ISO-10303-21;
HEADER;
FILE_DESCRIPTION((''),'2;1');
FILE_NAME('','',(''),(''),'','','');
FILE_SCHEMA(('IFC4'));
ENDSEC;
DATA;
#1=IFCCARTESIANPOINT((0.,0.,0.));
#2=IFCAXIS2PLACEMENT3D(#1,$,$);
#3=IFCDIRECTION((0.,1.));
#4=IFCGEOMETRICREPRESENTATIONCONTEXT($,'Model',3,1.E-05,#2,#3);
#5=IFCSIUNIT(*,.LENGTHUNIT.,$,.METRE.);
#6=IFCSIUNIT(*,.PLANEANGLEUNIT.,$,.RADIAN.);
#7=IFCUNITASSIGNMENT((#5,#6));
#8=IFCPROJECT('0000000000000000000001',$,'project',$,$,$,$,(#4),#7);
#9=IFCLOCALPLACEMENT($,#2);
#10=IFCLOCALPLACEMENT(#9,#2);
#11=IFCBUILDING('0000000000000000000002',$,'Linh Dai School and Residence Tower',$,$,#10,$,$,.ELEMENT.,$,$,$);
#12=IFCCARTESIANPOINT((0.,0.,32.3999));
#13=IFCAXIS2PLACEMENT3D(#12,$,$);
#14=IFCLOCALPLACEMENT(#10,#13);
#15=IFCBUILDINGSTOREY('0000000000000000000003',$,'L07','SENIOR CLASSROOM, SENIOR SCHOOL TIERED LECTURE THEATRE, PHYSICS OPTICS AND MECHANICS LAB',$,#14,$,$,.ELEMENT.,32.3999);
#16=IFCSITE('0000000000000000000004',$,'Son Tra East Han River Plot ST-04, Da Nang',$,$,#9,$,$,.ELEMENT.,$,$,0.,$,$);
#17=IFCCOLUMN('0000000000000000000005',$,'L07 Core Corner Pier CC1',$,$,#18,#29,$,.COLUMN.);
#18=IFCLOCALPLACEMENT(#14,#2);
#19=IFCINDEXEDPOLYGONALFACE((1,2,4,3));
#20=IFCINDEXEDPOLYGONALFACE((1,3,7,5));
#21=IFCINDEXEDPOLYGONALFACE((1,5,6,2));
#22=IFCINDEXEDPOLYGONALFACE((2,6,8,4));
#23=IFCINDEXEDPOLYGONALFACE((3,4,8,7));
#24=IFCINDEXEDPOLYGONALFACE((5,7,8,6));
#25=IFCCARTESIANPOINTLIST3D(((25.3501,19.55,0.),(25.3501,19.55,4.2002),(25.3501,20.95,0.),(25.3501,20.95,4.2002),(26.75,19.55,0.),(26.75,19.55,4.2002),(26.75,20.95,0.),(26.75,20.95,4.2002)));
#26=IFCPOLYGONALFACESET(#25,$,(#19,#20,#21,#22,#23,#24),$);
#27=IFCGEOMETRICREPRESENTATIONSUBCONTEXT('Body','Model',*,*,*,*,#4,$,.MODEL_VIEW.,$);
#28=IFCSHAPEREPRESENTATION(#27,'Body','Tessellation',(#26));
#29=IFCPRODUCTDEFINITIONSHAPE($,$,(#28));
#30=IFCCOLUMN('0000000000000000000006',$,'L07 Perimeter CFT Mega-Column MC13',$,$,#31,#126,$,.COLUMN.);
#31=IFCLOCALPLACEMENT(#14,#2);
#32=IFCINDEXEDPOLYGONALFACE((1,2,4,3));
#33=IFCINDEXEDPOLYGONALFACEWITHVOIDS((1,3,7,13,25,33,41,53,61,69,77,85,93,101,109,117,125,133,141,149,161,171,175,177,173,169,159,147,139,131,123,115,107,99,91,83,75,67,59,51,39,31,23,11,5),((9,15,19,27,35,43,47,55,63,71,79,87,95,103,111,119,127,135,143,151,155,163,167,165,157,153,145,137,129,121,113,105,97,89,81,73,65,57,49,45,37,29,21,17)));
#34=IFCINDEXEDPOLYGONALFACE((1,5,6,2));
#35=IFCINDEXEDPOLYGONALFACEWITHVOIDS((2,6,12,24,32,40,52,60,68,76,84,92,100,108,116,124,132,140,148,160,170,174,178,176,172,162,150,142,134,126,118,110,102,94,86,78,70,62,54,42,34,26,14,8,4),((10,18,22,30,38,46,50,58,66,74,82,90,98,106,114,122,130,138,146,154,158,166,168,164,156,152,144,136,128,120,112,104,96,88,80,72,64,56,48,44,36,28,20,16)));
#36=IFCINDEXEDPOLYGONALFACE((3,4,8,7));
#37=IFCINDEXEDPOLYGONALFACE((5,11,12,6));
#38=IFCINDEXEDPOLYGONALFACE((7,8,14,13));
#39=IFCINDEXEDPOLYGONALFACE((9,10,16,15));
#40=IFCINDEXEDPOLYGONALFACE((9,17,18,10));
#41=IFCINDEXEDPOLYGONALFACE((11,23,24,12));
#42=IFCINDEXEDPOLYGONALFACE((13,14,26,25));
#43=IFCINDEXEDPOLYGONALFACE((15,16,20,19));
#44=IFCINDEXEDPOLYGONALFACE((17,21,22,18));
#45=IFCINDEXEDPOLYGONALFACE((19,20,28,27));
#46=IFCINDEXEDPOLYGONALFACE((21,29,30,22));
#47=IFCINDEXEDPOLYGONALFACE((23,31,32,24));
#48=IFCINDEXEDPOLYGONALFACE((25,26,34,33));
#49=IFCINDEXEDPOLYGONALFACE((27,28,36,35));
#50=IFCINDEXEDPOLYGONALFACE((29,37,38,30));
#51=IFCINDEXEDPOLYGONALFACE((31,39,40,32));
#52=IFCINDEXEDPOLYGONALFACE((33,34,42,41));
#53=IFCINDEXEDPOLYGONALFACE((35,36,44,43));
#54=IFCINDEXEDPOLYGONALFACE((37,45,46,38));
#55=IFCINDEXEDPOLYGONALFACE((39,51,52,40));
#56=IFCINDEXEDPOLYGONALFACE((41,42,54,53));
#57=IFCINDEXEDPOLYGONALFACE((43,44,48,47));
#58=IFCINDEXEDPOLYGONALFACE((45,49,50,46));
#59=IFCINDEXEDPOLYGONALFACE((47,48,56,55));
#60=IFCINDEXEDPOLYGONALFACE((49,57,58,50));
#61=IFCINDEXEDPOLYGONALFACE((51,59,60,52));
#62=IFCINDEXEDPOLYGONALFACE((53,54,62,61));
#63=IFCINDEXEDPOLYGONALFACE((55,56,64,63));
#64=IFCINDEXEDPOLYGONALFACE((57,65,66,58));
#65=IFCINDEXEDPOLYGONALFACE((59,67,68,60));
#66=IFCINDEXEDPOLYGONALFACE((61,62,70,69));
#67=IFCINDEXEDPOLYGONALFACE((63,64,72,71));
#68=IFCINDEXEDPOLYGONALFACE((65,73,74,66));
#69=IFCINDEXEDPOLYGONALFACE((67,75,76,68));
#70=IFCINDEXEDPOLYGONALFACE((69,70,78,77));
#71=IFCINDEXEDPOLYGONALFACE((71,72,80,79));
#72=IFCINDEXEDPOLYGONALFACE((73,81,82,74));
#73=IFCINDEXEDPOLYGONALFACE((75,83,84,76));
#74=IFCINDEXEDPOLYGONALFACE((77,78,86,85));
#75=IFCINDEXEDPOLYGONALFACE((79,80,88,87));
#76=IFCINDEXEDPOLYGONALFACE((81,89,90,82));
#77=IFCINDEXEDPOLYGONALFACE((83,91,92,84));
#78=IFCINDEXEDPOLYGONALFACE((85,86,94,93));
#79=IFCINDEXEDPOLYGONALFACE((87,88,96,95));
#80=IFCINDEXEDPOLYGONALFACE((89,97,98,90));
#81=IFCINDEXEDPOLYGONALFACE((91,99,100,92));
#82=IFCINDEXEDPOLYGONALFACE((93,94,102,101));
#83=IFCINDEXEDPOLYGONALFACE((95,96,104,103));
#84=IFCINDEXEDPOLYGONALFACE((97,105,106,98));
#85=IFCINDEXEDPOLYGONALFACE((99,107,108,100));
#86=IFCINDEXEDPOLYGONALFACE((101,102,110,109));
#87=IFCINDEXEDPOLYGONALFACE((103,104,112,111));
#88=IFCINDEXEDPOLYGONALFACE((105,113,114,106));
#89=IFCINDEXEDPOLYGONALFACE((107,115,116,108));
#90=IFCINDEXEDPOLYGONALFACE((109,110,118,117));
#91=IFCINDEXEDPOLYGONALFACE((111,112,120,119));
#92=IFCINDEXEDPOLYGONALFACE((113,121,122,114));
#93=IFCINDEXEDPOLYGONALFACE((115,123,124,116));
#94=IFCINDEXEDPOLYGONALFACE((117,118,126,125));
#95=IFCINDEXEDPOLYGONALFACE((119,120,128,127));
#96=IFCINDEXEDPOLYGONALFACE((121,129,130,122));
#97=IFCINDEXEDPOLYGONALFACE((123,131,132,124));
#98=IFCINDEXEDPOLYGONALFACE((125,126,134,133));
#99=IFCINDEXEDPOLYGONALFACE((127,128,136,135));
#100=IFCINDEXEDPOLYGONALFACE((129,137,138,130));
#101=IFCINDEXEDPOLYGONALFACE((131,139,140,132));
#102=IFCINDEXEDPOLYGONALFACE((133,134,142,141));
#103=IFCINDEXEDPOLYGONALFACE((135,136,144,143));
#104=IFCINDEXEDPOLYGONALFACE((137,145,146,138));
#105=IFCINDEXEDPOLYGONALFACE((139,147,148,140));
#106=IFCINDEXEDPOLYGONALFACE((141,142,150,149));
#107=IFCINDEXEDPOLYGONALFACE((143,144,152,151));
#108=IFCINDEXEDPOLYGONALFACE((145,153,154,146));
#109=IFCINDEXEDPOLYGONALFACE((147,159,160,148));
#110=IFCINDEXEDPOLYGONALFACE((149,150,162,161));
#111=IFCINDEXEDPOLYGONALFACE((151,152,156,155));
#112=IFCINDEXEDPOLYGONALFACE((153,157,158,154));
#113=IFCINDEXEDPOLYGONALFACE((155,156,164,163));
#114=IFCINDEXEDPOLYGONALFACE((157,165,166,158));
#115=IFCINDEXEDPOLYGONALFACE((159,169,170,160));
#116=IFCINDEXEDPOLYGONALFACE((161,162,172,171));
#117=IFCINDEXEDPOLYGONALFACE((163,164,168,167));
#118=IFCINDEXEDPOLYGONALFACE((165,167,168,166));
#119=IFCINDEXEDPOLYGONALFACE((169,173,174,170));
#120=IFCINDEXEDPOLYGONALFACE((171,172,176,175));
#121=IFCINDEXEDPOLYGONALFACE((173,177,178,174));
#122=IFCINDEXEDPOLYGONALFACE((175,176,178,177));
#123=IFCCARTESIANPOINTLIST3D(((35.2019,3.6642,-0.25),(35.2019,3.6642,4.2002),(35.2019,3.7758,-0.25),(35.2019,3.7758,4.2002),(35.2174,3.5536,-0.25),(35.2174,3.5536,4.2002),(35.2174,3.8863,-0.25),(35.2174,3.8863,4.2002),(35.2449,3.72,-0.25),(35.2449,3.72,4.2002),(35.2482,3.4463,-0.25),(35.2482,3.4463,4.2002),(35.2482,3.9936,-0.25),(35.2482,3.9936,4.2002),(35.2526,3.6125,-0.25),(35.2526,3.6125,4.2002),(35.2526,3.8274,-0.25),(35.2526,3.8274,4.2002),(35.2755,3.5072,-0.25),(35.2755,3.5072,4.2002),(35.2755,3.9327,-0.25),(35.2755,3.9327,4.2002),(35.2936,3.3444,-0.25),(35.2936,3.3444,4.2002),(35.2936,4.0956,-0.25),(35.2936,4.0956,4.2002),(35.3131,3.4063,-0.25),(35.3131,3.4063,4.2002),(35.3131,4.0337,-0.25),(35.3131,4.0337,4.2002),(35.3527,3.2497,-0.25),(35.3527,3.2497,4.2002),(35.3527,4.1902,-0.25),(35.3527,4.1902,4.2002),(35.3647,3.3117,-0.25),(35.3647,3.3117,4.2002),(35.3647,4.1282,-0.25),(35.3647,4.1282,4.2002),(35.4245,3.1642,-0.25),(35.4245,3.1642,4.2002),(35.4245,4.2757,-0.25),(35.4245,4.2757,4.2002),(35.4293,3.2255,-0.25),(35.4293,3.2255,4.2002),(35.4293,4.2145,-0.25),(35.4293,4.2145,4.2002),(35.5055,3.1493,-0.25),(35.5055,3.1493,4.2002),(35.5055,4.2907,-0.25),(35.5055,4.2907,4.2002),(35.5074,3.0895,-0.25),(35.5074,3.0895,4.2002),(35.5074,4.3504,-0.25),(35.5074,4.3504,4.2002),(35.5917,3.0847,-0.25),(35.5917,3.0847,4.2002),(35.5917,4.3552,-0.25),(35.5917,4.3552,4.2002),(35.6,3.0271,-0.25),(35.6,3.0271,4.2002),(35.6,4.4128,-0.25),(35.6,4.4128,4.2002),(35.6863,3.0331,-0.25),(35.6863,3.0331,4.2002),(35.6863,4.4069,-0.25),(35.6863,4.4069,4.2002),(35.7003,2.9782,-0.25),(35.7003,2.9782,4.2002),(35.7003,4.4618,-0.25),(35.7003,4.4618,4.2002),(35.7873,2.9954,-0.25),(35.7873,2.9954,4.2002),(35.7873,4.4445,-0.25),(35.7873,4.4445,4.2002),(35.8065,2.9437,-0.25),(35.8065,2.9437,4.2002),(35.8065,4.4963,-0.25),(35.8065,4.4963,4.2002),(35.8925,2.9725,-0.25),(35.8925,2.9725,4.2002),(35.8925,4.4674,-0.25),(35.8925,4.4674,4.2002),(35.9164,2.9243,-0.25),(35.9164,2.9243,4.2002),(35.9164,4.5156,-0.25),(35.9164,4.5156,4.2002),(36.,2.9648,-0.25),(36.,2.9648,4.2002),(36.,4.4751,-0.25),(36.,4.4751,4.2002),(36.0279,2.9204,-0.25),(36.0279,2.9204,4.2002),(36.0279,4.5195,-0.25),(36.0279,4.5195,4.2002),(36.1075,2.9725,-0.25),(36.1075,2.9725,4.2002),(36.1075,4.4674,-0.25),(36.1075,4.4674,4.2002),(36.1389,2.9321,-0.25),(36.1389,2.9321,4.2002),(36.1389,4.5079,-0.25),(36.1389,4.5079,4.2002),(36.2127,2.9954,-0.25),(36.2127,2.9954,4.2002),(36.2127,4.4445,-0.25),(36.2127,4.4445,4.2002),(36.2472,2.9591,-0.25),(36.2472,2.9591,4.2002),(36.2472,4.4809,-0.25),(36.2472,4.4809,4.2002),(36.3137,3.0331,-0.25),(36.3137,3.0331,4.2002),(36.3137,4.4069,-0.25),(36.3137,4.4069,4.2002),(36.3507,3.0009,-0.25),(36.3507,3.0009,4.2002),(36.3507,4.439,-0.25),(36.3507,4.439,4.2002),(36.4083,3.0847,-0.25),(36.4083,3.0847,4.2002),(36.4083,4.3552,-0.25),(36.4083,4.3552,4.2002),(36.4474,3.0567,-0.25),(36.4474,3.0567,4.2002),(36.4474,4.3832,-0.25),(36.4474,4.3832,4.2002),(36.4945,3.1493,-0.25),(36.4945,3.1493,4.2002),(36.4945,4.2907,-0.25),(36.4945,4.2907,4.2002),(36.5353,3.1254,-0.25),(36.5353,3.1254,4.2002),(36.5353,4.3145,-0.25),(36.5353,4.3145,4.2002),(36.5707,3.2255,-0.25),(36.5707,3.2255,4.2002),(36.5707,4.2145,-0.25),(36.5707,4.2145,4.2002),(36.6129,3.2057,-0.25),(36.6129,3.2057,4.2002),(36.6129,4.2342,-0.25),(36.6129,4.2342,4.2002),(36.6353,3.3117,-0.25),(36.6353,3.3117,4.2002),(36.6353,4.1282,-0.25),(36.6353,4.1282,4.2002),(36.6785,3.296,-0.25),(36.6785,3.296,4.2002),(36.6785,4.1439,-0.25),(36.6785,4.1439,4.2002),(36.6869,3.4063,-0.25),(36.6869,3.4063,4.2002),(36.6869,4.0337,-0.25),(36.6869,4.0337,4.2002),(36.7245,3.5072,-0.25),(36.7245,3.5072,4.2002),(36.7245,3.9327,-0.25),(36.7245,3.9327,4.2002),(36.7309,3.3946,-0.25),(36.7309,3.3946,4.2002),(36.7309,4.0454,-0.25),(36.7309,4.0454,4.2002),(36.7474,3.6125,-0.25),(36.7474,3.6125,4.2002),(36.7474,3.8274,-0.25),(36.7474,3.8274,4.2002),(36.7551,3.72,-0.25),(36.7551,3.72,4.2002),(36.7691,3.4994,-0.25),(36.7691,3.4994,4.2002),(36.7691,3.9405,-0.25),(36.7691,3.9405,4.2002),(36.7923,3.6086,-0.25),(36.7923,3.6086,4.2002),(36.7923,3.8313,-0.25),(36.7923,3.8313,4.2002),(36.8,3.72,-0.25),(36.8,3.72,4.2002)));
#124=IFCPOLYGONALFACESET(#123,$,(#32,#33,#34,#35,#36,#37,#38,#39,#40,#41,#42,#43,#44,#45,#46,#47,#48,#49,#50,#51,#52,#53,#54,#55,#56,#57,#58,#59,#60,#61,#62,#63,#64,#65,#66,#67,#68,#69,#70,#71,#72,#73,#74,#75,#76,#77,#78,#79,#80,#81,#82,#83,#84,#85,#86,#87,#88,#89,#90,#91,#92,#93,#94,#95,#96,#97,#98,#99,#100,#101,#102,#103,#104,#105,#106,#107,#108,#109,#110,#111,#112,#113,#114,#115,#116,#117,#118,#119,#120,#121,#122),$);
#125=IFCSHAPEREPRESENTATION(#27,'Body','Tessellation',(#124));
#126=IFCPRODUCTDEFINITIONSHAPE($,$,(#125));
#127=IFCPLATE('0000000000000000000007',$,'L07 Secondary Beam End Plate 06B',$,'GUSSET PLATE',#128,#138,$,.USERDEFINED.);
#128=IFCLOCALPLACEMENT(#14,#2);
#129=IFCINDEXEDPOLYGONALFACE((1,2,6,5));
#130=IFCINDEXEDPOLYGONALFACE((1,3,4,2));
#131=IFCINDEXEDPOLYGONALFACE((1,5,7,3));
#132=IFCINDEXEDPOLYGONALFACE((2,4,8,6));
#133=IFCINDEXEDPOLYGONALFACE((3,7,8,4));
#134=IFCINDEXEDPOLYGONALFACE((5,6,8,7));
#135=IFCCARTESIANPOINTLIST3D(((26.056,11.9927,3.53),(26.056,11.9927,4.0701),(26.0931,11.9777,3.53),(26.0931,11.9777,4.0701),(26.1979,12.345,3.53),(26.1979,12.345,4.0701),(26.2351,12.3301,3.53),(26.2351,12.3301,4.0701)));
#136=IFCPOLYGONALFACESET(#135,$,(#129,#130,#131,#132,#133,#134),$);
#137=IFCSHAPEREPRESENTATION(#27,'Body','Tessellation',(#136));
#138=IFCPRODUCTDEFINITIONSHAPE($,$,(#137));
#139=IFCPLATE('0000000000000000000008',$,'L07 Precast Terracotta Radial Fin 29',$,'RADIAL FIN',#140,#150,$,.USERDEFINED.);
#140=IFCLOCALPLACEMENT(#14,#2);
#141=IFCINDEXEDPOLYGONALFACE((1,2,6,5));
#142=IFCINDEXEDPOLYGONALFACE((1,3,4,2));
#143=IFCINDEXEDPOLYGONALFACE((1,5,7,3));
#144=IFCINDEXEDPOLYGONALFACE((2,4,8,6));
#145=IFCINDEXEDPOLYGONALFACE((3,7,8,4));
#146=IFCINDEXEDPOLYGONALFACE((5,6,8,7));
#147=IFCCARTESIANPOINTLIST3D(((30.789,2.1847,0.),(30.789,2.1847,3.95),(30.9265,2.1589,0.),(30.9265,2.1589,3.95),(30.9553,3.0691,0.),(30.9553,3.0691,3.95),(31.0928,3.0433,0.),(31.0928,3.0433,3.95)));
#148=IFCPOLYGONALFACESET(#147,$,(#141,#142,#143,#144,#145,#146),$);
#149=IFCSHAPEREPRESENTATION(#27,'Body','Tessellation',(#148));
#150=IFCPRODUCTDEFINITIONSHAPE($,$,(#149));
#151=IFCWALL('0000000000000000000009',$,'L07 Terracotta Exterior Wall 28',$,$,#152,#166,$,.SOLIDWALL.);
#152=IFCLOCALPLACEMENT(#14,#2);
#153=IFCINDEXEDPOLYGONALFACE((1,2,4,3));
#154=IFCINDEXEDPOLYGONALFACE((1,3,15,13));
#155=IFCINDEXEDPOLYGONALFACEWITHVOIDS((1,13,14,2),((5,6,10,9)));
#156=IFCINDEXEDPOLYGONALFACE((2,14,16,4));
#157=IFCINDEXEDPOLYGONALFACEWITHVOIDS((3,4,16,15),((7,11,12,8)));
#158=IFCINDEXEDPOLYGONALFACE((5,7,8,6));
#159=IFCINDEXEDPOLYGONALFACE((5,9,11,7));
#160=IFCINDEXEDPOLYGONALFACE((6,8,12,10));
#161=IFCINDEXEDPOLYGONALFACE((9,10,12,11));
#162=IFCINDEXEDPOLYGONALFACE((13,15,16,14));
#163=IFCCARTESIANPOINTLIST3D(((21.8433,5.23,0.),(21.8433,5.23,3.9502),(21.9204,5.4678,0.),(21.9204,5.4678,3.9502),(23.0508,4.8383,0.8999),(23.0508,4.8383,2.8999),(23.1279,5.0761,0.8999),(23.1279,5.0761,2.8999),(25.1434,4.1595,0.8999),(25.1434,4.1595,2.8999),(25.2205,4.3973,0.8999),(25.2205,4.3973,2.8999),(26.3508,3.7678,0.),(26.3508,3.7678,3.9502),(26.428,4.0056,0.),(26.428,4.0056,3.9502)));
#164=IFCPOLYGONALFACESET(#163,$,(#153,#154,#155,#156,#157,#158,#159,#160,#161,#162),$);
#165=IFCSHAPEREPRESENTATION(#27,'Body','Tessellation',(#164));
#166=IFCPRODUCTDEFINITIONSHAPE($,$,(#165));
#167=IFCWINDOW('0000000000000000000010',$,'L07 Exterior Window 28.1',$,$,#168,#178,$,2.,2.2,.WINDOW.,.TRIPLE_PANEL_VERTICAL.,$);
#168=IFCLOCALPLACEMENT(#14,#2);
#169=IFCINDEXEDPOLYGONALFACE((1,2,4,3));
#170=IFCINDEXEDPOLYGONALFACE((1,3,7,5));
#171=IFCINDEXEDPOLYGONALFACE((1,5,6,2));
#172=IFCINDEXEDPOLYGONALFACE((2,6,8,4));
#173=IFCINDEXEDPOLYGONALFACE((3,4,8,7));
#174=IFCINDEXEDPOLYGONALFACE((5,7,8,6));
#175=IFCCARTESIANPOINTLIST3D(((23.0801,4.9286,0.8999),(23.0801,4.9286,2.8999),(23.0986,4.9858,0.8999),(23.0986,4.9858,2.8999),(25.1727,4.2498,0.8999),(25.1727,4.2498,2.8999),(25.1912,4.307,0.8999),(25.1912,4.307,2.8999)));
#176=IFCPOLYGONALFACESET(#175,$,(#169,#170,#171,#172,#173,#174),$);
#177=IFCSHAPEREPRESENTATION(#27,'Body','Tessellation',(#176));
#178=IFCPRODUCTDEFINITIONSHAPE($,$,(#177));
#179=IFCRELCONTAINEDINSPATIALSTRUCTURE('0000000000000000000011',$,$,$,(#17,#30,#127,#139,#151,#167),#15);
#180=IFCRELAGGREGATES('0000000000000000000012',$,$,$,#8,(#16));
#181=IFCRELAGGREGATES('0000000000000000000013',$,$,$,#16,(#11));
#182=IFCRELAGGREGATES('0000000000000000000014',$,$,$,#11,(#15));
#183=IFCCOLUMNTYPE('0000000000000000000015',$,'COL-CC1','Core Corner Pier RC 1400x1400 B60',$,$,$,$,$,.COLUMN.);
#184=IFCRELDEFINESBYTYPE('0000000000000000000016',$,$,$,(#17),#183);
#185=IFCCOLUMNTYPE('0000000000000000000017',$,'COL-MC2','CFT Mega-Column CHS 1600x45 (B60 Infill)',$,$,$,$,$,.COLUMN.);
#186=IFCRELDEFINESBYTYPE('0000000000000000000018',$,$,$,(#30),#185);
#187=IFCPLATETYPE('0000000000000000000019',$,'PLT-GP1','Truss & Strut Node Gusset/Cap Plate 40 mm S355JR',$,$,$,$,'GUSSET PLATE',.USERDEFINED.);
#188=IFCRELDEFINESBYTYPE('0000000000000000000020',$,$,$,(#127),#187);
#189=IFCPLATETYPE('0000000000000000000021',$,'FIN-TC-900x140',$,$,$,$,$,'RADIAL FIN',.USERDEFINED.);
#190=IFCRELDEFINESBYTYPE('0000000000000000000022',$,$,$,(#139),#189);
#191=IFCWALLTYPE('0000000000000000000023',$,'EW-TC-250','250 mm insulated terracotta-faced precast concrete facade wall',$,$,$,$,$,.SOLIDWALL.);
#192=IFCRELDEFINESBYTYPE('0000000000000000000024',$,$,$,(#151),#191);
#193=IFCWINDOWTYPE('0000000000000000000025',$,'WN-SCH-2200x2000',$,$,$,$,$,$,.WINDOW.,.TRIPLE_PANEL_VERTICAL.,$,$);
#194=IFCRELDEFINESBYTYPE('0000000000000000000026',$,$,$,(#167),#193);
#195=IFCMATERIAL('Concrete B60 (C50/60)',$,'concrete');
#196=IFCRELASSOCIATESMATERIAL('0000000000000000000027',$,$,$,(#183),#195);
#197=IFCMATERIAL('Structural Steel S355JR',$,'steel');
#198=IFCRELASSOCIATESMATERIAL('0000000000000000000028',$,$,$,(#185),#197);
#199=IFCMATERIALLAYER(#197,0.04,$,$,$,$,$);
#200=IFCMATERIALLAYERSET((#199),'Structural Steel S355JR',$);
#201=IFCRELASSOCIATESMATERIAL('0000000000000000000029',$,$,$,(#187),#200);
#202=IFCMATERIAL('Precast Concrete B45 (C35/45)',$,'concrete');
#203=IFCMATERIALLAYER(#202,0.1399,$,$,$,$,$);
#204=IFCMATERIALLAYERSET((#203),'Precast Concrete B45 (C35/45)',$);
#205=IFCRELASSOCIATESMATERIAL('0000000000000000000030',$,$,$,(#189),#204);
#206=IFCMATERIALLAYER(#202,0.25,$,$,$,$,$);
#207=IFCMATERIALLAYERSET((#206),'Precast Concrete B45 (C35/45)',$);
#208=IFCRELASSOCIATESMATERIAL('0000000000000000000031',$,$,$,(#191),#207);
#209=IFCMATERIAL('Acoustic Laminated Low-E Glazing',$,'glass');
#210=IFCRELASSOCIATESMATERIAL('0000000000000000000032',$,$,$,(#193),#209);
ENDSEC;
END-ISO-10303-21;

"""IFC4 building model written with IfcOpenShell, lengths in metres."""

from ifc_helpers import new_model, si_unit, direction, frame, frame_2d, origin, origin_2d, place, context, subcontext, project, spatial, rectangle, hollow_circle, extrude, source, transform, mapped, material, layer, layer_set, material_profile, profile_set, type_object, element, fill, save


model = new_model("IFC4")

# Units and contexts
model_context = context("Model", 3, precision=1e-05, world=origin(), true_north=direction((0.0, 1.0)))
body_context = subcontext(model_context, "Body", "Model", "MODEL_VIEW")
ifc_project = project(units=[si_unit("LENGTHUNIT", "METRE"), si_unit("PLANEANGLEUNIT", "RADIAN")], contexts=[model_context])

# Site, building, storey
site_placement = place(None, origin())
site = spatial("IfcSite", under=ifc_project, at=site_placement, Name="Son Tra East Han River Plot ST-04, Da Nang", CompositionType="ELEMENT", RefElevation=0.0)
building_placement = place(site_placement, origin())
building = spatial("IfcBuilding", under=site, at=building_placement, Name="Linh Dai School and Residence Tower", CompositionType="ELEMENT")
storey_placement = place(building_placement, frame((0.0, 0.0, 32.3999)))
storey = spatial("IfcBuildingStorey", under=building, at=storey_placement, Name="L07", Description="SENIOR CLASSROOM, SENIOR SCHOOL TIERED LECTURE THEATRE, PHYSICS OPTICS AND MECHANICS LAB", CompositionType="ELEMENT", Elevation=32.3999)

# Columns
ifc_material_1 = material(Name="Concrete B60 (C50/60)", Category="concrete")
ifc_material_profile_1 = material_profile(ifc_material_1, rectangle(XDim=1.3999, YDim=1.3999, at=origin_2d()), Name="RC 1400x1400")
ifc_profile_set_1 = profile_set([ifc_material_profile_1], Name="Concrete B60 (C50/60)")
column_type_1 = type_object("IfcColumnType", Name="COL-CC1", Description="Core Corner Pier RC 1400x1400 B60", PredefinedType="COLUMN", material=ifc_profile_set_1)
column_1_placement = place(storey_placement, frame((26.05, 20.25, 0.0), z_axis=(0.0, 0.0, 1.0), x_axis=(1.0, 0.0, 0.0)))
element("IfcColumn", 1, at=column_1_placement, inside=storey, type_object=column_type_1, Name="L07 Core Corner Pier CC1", PredefinedType="COLUMN", context=body_context, shape_type="SweptSolid", body=[
    extrude(rectangle(XDim=1.3999, YDim=1.3999, at=origin_2d()), origin(), (0.0, 0.0, 1.0), 4.2002),
])
ifc_material_2 = material(Name="Structural Steel S355JR", Category="steel")
ifc_material_profile_2 = material_profile(ifc_material_2, hollow_circle(Radius=0.8, WallThickness=0.0449, at=origin_2d()), Name="CHS 1600x45")
ifc_profile_set_2 = profile_set([ifc_material_profile_2], Name="Structural Steel S355JR")
column_type_2 = type_object("IfcColumnType", Name="COL-MC2", Description="CFT Mega-Column CHS 1600x45 (B60 Infill)", PredefinedType="COLUMN", material=ifc_profile_set_2)
column_2_placement = place(storey_placement, frame((36.0, 3.72, -0.25), z_axis=(0.0, 0.0, 1.0), x_axis=(1.0, 0.0, 0.0)))
element("IfcColumn", 2, at=column_2_placement, inside=storey, type_object=column_type_2, Name="L07 Perimeter CFT Mega-Column MC13", PredefinedType="COLUMN", context=body_context, shape_type="SweptSolid", body=[
    extrude(hollow_circle(Radius=0.8, WallThickness=0.0449, at=origin_2d()), origin(), (0.0, 0.0, 1.0), 4.4502),
])

# Plates
ifc_layer_1 = layer(ifc_material_2, 0.04)
ifc_layer_set_1 = layer_set([ifc_layer_1], Name="Structural Steel S355JR")
plate_type_1 = type_object("IfcPlateType", Name="PLT-GP1", Description="Truss & Strut Node Gusset/Cap Plate 40 mm S355JR", ElementType="GUSSET PLATE", PredefinedType="USERDEFINED", material=ifc_layer_set_1)
shared_shape_1 = source(origin(), body_context, "Body", "SweptSolid", [
    extrude(rectangle(XDim=0.04, YDim=0.3799, at=origin_2d()), origin(), (0.0, 0.0, 1.0), 0.54),
])
plate_1_placement = place(storey_placement, frame((26.1455, 12.1614, 3.53), z_axis=(0.0, 0.0, 1.0), x_axis=(0.927536, -0.373733, 0.0)))
element("IfcPlate", 3, at=plate_1_placement, inside=storey, type_object=plate_type_1, Name="L07 Secondary Beam End Plate 06B", ObjectType="GUSSET PLATE", PredefinedType="USERDEFINED", context=body_context, shape_type="MappedRepresentation", body=[
    mapped(shared_shape_1, transform((0.0, 0.0, 0.0), x_axis=(1.0, 0.0, 0.0), y_axis=(0.0, 1.0, 0.0), z_axis=(0.0, 0.0, 1.0), scale=1.0)),
])
ifc_material_3 = material(Name="Precast Concrete B45 (C35/45)", Category="concrete")
ifc_layer_2 = layer(ifc_material_3, 0.1399)
ifc_layer_set_2 = layer_set([ifc_layer_2], Name="Precast Concrete B45 (C35/45)")
plate_type_2 = type_object("IfcPlateType", Name="FIN-TC-900x140", ElementType="RADIAL FIN", PredefinedType="USERDEFINED", material=ifc_layer_set_2)
shared_shape_2 = source(origin(), body_context, "Body", "SweptSolid", [
    extrude(rectangle(XDim=0.8999, YDim=0.1399, at=origin_2d()), origin(), (0.0, 0.0, 1.0), 3.95),
])
plate_2_placement = place(storey_placement, frame((30.9409, 2.614, 0.0), z_axis=(0.0, 0.0, 1.0), x_axis=(-0.184748, -0.982786, 0.0)))
element("IfcPlate", 4, at=plate_2_placement, inside=storey, type_object=plate_type_2, Name="L07 Precast Terracotta Radial Fin 29", ObjectType="RADIAL FIN", PredefinedType="USERDEFINED", context=body_context, shape_type="MappedRepresentation", body=[
    mapped(shared_shape_2, transform((0.0, 0.0, 0.0), x_axis=(1.0, 0.0, 0.0), y_axis=(0.0, 1.0, 0.0), z_axis=(0.0, 0.0, 1.0), scale=1.0)),
])

# Wall, opening, window
ifc_layer_3 = layer(ifc_material_3, 0.25)
ifc_layer_set_3 = layer_set([ifc_layer_3], Name="Precast Concrete B45 (C35/45)")
wall_type_1 = type_object("IfcWallType", Name="EW-TC-250", Description="250 mm insulated terracotta-faced precast concrete facade wall", PredefinedType="SOLIDWALL", material=ifc_layer_set_3)
wall_1_placement = place(storey_placement, frame((26.3894, 3.8867, 0.0), z_axis=(0.0, 0.0, 1.0), x_axis=(-0.951208, 0.308551, 0.0)))
wall_1 = element("IfcWall", 5, at=wall_1_placement, inside=storey, type_object=wall_type_1, Name="L07 Terracotta Exterior Wall 28", PredefinedType="SOLIDWALL", context=body_context, shape_type="SweptSolid", body=[
    extrude(rectangle(XDim=4.7388, YDim=0.25, at=frame_2d((2.3694, 0.0))), origin(), (0.0, 0.0, 1.0), 3.9502),
])
opening_1_placement = place(wall_1_placement, frame((1.2693, 0.0, 0.8999)))
opening_1 = element("IfcOpeningElement", 6, at=opening_1_placement, cuts=wall_1, PredefinedType="OPENING", context=body_context, shape_type="SweptSolid", body=[
    extrude(rectangle(XDim=2.2, YDim=2.0, at=origin_2d()), frame((1.1001, 0.135, 1.0), z_axis=(0.0, -1.0, 0.0), x_axis=(1.0, 0.0, 0.0)), (0.0, 0.0, 1.0), 0.27),
])
ifc_material_4 = material(Name="Acoustic Laminated Low-E Glazing", Category="glass")
window_type_1 = type_object("IfcWindowType", Name="WN-SCH-2200x2000", PartitioningType="TRIPLE_PANEL_VERTICAL", PredefinedType="WINDOW", material=ifc_material_4)
shared_shape_3 = source(origin(), body_context, "Body", "SweptSolid", [
    extrude(rectangle(XDim=2.2, YDim=2.0, at=origin_2d()), frame((1.1001, 0.03, 1.0), z_axis=(0.0, -1.0, 0.0), x_axis=(1.0, 0.0, 0.0)), (0.0, 0.0, 1.0), 0.0601),
])
window_1_placement = place(opening_1_placement, origin())
window_1 = element("IfcWindow", 7, at=window_1_placement, inside=storey, type_object=window_type_1, Name="L07 Exterior Window 28.1", OverallHeight=2.0, OverallWidth=2.2, PartitioningType="TRIPLE_PANEL_VERTICAL", PredefinedType="WINDOW", context=body_context, shape_type="MappedRepresentation", body=[
    mapped(shared_shape_3, transform((0.0, 0.0, 0.0), x_axis=(1.0, 0.0, 0.0), y_axis=(0.0, 1.0, 0.0), z_axis=(0.0, 0.0, 1.0), scale=1.0)),
])
fill(opening_1, window_1)

save(model, "model.ifc")
